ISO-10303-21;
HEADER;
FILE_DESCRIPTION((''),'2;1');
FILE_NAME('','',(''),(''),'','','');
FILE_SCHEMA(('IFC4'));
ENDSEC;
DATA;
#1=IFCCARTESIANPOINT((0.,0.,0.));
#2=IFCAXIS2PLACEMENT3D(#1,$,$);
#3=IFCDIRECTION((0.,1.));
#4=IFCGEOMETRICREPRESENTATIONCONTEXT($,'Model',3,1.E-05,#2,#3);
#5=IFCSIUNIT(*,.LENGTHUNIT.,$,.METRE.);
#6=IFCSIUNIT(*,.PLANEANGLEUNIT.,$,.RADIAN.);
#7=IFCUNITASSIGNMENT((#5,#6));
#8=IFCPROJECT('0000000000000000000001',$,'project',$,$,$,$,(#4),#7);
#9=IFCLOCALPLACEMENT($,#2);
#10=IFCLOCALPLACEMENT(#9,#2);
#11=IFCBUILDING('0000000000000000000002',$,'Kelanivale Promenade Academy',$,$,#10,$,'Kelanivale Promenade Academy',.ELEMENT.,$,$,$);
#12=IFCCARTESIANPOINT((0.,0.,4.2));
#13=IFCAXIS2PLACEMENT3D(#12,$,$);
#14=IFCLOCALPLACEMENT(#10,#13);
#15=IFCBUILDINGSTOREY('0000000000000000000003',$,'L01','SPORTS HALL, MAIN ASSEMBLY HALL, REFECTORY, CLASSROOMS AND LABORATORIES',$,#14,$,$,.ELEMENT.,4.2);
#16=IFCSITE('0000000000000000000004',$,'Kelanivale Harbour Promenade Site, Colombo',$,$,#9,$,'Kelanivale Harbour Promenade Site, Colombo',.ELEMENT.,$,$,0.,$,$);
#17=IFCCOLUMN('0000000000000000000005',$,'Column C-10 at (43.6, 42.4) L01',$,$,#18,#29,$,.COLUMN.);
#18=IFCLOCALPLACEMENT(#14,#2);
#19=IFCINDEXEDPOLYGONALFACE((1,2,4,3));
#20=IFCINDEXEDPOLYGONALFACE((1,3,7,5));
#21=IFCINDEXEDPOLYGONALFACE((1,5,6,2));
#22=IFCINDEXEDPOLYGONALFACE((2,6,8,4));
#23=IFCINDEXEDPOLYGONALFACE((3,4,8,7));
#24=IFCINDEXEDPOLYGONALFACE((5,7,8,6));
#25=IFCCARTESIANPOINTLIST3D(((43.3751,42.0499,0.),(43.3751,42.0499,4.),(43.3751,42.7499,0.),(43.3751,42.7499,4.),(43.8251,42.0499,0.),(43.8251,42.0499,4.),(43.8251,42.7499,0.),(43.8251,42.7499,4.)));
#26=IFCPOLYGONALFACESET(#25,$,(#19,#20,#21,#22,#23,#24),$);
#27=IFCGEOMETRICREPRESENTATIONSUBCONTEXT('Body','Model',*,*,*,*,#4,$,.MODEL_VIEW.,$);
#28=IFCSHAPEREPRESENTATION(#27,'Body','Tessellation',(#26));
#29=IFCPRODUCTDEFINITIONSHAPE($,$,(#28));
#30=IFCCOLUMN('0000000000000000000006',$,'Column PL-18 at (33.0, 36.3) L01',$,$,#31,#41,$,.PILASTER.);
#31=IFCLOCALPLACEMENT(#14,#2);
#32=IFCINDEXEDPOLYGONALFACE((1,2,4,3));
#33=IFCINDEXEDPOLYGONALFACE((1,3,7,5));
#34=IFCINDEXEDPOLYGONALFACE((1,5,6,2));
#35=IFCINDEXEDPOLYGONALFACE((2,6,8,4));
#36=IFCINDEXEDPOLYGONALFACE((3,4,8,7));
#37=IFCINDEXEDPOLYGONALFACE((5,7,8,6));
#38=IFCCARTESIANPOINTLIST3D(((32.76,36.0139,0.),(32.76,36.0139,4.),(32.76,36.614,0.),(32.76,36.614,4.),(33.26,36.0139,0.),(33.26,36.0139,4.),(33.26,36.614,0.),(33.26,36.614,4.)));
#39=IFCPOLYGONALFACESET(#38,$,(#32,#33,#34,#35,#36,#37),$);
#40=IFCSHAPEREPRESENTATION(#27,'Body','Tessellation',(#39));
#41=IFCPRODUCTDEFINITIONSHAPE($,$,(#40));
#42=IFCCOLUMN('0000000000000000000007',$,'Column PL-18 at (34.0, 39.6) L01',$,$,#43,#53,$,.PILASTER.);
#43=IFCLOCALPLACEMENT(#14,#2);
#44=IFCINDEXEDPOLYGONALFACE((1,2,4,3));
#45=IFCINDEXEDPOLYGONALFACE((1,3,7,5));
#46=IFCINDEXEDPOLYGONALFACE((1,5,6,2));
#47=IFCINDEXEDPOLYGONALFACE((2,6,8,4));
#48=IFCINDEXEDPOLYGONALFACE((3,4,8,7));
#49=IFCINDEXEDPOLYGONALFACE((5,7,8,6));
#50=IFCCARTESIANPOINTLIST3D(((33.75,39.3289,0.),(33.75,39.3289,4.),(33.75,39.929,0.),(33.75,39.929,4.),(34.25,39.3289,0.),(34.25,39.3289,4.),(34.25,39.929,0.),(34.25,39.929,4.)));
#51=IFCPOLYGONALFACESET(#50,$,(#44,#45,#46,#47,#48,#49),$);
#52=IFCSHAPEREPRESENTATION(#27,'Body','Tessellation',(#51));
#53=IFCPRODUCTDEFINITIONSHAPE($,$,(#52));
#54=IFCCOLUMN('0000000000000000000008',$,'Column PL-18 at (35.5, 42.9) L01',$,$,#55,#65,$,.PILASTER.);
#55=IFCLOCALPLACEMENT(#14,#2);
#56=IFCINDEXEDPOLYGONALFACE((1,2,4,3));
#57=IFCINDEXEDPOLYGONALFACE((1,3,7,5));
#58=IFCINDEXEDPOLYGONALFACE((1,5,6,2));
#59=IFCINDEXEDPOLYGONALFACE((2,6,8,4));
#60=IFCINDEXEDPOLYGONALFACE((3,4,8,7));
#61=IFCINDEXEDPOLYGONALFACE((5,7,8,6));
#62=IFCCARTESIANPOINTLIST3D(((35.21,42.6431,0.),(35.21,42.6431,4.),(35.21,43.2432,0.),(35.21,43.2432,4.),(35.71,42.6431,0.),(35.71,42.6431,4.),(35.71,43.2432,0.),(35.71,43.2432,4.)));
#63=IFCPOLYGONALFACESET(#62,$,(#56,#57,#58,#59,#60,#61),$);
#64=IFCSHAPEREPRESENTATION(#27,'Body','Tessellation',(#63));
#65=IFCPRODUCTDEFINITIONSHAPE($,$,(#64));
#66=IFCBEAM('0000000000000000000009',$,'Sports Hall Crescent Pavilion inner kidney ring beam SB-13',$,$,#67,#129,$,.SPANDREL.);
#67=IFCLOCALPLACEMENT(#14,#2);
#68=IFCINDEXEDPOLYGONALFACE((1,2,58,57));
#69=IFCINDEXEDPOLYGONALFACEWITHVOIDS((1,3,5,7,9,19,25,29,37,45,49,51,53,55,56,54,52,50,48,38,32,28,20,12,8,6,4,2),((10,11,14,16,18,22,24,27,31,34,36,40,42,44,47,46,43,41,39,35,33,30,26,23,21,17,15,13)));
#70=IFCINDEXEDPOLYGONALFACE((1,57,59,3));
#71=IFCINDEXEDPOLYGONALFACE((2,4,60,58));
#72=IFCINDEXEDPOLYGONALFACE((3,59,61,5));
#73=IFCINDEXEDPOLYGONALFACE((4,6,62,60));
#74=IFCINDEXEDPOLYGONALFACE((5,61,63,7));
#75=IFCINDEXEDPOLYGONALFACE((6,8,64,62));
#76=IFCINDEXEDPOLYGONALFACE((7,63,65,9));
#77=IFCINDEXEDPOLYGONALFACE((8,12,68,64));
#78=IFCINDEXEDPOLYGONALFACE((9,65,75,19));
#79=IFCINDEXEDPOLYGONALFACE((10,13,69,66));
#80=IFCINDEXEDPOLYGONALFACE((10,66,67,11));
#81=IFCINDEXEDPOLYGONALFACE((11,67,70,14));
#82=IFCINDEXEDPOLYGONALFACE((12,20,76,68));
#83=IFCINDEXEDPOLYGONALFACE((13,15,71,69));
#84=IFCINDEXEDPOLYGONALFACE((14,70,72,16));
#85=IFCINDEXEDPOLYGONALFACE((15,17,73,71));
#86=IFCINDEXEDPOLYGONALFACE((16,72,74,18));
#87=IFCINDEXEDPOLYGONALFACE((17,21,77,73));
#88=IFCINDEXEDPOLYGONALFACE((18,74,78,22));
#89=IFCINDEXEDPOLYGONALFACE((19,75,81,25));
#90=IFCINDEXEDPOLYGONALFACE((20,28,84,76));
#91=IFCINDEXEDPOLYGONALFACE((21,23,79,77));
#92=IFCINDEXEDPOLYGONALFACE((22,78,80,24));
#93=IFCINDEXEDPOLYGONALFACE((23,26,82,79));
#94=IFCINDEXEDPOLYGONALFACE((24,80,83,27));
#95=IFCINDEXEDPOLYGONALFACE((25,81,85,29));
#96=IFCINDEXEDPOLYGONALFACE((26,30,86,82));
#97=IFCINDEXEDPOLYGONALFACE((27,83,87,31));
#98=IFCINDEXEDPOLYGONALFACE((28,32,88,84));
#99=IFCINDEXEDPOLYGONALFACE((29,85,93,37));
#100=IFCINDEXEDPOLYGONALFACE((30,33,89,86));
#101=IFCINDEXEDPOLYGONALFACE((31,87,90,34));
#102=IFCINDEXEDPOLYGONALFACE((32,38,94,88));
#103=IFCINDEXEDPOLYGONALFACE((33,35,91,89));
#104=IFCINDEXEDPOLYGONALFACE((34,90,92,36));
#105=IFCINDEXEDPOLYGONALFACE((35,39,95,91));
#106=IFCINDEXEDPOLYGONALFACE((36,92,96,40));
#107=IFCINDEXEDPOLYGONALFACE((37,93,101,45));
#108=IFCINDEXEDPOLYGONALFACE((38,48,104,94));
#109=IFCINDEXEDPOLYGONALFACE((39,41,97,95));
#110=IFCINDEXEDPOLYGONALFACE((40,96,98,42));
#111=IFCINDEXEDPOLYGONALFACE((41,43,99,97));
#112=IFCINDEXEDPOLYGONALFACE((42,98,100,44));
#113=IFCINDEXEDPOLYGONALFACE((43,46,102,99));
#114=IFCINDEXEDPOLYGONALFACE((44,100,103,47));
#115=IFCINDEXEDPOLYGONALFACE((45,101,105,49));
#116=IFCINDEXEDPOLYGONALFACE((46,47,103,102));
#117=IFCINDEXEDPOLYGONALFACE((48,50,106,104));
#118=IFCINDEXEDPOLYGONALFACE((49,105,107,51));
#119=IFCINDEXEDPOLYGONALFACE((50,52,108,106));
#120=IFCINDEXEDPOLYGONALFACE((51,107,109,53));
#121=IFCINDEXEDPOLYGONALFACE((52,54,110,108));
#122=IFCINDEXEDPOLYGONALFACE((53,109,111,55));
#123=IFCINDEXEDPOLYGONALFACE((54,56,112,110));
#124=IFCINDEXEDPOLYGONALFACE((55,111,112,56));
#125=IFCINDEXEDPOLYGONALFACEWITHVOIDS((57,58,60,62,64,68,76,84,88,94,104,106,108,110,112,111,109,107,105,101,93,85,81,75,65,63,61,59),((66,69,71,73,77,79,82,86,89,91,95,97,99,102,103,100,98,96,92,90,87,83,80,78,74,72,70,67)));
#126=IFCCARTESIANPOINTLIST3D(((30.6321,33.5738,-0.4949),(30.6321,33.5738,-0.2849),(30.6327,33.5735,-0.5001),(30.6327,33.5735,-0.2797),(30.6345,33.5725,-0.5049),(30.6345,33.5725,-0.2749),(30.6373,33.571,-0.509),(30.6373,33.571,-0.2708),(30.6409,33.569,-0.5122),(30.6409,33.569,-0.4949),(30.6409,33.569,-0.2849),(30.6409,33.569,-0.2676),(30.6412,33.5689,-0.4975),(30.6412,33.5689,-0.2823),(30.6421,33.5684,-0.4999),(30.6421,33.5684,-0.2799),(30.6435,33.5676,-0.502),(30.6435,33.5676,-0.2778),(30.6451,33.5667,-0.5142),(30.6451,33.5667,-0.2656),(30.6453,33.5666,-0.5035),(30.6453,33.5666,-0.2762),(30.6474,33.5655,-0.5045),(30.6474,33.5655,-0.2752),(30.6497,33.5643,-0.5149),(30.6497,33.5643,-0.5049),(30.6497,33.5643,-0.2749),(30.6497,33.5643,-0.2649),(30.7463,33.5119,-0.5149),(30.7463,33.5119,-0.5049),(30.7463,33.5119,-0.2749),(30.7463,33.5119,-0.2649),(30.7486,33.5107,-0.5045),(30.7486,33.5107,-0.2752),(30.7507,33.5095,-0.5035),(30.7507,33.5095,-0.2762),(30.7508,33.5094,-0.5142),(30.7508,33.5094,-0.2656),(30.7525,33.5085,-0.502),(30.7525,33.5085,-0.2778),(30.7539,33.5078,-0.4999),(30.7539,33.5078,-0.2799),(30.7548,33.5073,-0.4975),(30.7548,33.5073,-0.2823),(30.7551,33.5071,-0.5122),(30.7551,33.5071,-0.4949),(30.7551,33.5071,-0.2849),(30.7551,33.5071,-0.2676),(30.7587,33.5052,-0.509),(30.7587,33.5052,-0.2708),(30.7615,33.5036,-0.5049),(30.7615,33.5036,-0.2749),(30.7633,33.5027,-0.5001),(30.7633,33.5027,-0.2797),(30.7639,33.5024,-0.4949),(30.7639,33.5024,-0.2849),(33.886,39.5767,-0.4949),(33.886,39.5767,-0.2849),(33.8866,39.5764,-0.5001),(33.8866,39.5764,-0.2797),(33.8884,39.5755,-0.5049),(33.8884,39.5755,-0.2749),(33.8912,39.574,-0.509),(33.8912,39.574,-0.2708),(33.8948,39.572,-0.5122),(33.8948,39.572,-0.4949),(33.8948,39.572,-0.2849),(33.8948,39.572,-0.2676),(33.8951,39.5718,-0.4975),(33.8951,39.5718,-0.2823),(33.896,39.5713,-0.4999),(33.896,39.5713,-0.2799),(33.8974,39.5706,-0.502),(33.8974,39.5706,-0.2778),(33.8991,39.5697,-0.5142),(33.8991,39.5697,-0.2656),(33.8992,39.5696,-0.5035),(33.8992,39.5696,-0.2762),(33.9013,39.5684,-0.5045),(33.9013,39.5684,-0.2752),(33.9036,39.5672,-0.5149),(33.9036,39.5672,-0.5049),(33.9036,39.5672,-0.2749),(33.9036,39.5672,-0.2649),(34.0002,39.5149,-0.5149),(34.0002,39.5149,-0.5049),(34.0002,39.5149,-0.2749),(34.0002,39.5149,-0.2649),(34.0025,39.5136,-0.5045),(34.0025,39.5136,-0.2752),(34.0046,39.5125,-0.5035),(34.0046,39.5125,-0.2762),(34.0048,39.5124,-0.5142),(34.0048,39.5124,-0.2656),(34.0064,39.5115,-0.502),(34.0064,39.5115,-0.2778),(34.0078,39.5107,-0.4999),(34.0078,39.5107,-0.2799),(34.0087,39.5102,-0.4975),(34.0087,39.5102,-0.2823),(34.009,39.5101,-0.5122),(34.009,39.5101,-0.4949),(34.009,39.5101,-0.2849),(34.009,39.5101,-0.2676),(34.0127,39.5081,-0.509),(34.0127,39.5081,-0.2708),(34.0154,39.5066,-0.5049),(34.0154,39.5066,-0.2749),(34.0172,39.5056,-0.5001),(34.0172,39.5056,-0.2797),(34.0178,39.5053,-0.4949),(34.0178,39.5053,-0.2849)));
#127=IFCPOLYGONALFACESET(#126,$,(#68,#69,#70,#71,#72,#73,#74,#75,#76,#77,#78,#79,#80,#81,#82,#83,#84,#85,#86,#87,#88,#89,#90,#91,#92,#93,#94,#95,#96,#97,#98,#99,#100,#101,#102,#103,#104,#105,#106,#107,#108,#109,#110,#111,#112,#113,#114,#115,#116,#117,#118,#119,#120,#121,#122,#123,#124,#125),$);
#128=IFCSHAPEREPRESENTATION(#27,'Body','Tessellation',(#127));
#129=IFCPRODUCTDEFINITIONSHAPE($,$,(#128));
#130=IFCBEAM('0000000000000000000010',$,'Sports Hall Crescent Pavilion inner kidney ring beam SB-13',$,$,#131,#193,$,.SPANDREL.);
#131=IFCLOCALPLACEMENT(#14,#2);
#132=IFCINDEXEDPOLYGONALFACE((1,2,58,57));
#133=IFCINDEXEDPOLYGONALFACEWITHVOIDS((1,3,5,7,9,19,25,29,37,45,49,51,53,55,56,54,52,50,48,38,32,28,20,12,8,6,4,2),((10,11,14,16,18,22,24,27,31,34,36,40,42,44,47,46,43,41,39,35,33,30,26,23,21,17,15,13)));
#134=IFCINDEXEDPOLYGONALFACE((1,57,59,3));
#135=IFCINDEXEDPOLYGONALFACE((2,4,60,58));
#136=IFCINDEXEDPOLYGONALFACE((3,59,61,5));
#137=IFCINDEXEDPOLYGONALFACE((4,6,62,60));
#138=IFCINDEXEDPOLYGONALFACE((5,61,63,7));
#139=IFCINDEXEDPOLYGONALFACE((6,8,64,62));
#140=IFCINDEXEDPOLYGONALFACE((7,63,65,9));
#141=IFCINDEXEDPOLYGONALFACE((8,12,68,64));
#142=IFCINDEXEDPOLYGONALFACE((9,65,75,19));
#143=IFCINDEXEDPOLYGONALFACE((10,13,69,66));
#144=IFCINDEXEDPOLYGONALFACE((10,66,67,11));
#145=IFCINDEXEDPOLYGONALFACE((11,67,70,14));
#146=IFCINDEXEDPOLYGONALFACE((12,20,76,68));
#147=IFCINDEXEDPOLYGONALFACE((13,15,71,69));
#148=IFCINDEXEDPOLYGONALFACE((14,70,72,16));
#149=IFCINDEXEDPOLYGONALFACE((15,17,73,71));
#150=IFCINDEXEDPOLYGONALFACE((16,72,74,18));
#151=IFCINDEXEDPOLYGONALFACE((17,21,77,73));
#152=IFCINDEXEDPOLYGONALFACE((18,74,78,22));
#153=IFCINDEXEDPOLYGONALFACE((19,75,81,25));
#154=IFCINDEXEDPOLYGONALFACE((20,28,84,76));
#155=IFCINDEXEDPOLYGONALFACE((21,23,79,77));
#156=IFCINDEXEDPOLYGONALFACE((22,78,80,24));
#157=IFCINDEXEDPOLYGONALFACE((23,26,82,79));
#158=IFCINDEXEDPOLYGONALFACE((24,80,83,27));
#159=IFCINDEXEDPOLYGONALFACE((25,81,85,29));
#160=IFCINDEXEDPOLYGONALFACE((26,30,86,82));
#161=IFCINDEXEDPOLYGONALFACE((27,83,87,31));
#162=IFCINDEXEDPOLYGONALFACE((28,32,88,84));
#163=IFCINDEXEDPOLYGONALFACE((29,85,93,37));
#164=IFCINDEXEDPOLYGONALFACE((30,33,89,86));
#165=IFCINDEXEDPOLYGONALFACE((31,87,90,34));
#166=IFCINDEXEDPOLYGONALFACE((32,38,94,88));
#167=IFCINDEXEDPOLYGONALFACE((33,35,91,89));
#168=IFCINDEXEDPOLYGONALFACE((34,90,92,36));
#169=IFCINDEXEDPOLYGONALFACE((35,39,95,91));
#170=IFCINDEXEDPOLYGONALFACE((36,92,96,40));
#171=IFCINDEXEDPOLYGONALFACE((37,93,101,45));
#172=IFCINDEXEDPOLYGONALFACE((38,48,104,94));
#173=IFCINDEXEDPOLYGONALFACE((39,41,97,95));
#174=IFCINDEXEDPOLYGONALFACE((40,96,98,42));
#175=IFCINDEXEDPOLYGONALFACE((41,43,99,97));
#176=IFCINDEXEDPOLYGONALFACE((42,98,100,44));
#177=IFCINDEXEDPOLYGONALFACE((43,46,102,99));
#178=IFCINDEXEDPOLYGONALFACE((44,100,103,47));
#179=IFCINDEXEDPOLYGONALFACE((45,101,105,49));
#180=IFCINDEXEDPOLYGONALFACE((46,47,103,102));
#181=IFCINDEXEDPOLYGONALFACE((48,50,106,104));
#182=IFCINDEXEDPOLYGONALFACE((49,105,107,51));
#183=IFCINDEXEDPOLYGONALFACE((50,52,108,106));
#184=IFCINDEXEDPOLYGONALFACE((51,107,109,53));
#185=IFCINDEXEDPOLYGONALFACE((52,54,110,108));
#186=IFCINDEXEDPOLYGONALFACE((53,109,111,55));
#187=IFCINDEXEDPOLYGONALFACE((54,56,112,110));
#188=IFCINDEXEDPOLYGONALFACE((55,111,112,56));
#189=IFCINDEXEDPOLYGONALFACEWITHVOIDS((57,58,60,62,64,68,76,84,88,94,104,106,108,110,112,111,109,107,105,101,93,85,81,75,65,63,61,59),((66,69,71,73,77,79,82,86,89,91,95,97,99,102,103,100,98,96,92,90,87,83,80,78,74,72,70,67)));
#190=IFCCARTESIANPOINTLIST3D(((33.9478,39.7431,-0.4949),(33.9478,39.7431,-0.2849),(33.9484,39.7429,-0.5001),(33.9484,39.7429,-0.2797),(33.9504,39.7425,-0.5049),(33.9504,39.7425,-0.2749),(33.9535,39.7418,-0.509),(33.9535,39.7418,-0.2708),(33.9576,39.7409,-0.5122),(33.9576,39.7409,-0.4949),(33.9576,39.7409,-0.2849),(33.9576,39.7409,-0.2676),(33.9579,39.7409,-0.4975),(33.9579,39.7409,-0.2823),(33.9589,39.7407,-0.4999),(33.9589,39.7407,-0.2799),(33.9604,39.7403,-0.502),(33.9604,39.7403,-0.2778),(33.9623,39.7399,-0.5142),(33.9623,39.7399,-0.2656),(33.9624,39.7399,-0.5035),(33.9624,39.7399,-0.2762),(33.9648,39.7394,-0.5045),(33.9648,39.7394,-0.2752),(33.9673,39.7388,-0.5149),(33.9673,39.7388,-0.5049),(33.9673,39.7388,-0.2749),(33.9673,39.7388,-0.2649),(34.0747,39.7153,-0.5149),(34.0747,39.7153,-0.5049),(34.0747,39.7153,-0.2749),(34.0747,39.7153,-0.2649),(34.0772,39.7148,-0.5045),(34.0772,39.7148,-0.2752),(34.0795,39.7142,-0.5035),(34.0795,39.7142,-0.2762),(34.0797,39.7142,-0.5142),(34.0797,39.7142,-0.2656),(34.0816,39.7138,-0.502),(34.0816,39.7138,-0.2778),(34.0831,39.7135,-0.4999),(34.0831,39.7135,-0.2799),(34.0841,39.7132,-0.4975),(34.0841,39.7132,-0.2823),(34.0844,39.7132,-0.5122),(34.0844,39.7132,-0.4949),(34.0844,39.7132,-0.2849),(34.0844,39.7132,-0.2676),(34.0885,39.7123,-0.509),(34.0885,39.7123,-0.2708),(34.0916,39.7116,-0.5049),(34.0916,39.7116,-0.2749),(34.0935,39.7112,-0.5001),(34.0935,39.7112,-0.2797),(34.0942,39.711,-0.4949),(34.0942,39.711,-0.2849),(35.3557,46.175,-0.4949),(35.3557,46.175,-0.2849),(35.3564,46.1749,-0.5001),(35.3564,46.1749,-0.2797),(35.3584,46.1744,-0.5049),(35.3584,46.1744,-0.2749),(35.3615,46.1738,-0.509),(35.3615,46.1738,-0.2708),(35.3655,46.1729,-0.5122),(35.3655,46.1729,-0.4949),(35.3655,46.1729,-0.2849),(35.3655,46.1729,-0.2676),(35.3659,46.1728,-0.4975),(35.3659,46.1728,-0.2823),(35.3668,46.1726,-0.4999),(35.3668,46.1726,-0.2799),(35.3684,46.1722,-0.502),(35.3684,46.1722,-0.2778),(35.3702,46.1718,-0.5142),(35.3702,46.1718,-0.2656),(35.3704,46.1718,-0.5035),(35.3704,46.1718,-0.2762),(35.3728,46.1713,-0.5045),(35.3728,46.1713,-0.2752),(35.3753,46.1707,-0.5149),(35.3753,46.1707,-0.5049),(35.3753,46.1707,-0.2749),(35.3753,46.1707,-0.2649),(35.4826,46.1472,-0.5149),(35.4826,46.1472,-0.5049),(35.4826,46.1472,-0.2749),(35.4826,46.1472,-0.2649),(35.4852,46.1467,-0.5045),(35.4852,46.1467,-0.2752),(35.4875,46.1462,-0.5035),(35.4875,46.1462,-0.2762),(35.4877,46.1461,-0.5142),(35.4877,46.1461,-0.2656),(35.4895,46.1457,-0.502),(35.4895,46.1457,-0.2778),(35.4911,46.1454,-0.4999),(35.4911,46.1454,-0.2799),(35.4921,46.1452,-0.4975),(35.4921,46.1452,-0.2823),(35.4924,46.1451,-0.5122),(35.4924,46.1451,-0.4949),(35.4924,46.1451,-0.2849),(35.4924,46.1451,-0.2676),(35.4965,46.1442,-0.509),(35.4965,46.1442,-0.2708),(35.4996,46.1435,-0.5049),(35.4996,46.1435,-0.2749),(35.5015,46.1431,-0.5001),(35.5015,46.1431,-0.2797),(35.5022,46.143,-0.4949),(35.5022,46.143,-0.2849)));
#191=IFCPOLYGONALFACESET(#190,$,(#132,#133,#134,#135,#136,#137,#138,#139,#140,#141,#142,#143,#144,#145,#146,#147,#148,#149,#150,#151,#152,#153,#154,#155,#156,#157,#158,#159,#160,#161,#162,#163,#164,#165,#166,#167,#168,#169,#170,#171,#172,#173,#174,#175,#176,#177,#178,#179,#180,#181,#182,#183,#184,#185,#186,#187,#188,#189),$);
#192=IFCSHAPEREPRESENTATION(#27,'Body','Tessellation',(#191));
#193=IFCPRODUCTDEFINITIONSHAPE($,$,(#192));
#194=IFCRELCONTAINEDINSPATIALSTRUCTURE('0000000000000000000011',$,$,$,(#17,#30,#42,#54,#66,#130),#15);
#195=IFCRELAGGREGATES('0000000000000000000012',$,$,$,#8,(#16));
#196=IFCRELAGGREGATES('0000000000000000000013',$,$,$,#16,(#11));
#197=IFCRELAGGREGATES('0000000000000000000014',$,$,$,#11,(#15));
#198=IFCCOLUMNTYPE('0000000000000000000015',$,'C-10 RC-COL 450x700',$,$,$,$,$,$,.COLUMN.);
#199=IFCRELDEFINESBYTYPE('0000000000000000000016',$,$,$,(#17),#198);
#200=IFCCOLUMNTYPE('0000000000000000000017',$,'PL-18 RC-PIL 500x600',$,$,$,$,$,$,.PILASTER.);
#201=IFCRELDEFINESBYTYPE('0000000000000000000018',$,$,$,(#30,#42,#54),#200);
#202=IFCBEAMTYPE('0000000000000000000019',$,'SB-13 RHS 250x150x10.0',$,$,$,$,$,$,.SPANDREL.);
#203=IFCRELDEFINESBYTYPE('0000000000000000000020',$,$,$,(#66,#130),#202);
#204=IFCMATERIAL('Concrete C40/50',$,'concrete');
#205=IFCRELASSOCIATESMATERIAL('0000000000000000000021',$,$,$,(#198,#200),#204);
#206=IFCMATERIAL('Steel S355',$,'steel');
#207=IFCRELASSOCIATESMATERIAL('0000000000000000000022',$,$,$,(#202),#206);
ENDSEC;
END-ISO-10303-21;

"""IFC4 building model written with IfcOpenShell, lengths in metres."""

from ifc_helpers import new_model, si_unit, direction, frame, origin, origin_2d, place, context, subcontext, project, spatial, rectangle, hollow_rectangle, extrude, material, material_profile, profile_set, type_object, element, save


model = new_model("IFC4")

# Units and contexts
model_context = context("Model", 3, precision=1e-05, world=origin(), true_north=direction((0.0, 1.0)))
body_context = subcontext(model_context, "Body", "Model", "MODEL_VIEW")
ifc_project = project(units=[si_unit("LENGTHUNIT", "METRE"), si_unit("PLANEANGLEUNIT", "RADIAN")], contexts=[model_context])

# Site, building, storey
site_placement = place(None, origin())
site = spatial("IfcSite", under=ifc_project, at=site_placement, Name="Kelanivale Harbour Promenade Site, Colombo", LongName="Kelanivale Harbour Promenade Site, Colombo", CompositionType="ELEMENT", RefElevation=0.0)
building_placement = place(site_placement, origin())
building = spatial("IfcBuilding", under=site, at=building_placement, Name="Kelanivale Promenade Academy", LongName="Kelanivale Promenade Academy", CompositionType="ELEMENT")
storey_placement = place(building_placement, frame((0.0, 0.0, 4.2)))
storey = spatial("IfcBuildingStorey", under=building, at=storey_placement, Name="L01", Description="SPORTS HALL, MAIN ASSEMBLY HALL, REFECTORY, CLASSROOMS AND LABORATORIES", CompositionType="ELEMENT", Elevation=4.2)

# Columns
ifc_material_1 = material(Name="Concrete C40/50", Category="concrete")
ifc_material_profile_1 = material_profile(ifc_material_1, rectangle(XDim=0.45, YDim=0.7, at=origin_2d()), Name="RC-COL 450x700")
ifc_profile_set_1 = profile_set([ifc_material_profile_1], Name="Concrete C40/50")
column_type_1 = type_object("IfcColumnType", Name="C-10 RC-COL 450x700", PredefinedType="COLUMN", material=ifc_profile_set_1)
column_placement = place(storey_placement, frame((43.6001, 42.3999, 0.0), z_axis=(0.0, 0.0, 1.0), x_axis=(1.0, 0.0, 0.0)))
element("IfcColumn", 1, at=column_placement, inside=storey, type_object=column_type_1, Name="Column C-10 at (43.6, 42.4) L01", PredefinedType="COLUMN", context=body_context, shape_type="SweptSolid", body=[
    extrude(rectangle(XDim=0.45, YDim=0.7, at=origin_2d()), origin(), (0.0, 0.0, 1.0), 4.0),
])
ifc_material_profile_2 = material_profile(ifc_material_1, rectangle(XDim=0.5, YDim=0.6001, at=origin_2d()), Name="RC-PIL 500x600")
ifc_profile_set_2 = profile_set([ifc_material_profile_2], Name="Concrete C40/50")
column_type_2 = type_object("IfcColumnType", Name="PL-18 RC-PIL 500x600", PredefinedType="PILASTER", material=ifc_profile_set_2)
for number, where, z_axis, x_axis, name in (
    (2, (33.01, 36.314, 0.0), (0.0, 0.0, 1.0), (1.0, 0.0, 0.0), "Column PL-18 at (33.0, 36.3) L01"),
    (3, (34.0, 39.6289, 0.0), (0.0, 0.0, 1.0), (1.0, 0.0, 0.0), "Column PL-18 at (34.0, 39.6) L01"),
    (4, (35.46, 42.9431, 0.0), (0.0, 0.0, 1.0), (1.0, 0.0, 0.0), "Column PL-18 at (35.5, 42.9) L01"),
):
    element("IfcColumn", number, at=place(storey_placement, frame(where, z_axis=z_axis, x_axis=x_axis)), inside=storey, type_object=column_type_2, Name=name, PredefinedType="PILASTER", context=body_context, shape_type="SweptSolid", body=[
        extrude(rectangle(XDim=0.5, YDim=0.6001, at=origin_2d()), origin(), (0.0, 0.0, 1.0), 4.0),
    ])

# Beams
ifc_material_2 = material(Name="Steel S355", Category="steel")
ifc_material_profile_3 = material_profile(ifc_material_2, hollow_rectangle(XDim=0.1499, YDim=0.25, WallThickness=0.01, InnerFilletRadius=0.01, OuterFilletRadius=0.02, at=origin_2d()), Name="RHS 250x150x10.0")
ifc_profile_set_3 = profile_set([ifc_material_profile_3], Name="Steel S355")
beam_type = type_object("IfcBeamType", Name="SB-13 RHS 250x150x10.0", PredefinedType="SPANDREL", material=ifc_profile_set_3)
beam_1_placement = place(storey_placement, frame((30.698, 33.5381, -0.3899), z_axis=(0.476546, 0.87915, 0.0), x_axis=(-0.87915, 0.476546, 0.0)))
element("IfcBeam", 5, at=beam_1_placement, inside=storey, type_object=beam_type, Name="Sports Hall Crescent Pavilion inner kidney ring beam SB-13", PredefinedType="SPANDREL", context=body_context, shape_type="SweptSolid", body=[
    extrude(hollow_rectangle(XDim=0.1499, YDim=0.25, WallThickness=0.01, InnerFilletRadius=0.01, OuterFilletRadius=0.02, at=origin_2d()), origin(), (0.0, 0.0, 1.0), 6.8281),
])
beam_2_placement = place(storey_placement, frame((34.021, 39.7271, -0.3899), z_axis=(0.21384, 0.976869, 0.0), x_axis=(-0.976869, 0.21384, 0.0)))
element("IfcBeam", 6, at=beam_2_placement, inside=storey, type_object=beam_type, Name="Sports Hall Crescent Pavilion inner kidney ring beam SB-13", PredefinedType="SPANDREL", context=body_context, shape_type="SweptSolid", body=[
    extrude(hollow_rectangle(XDim=0.1499, YDim=0.25, WallThickness=0.01, InnerFilletRadius=0.01, OuterFilletRadius=0.02, at=origin_2d()), origin(), (0.0, 0.0, 1.0), 6.5842),
])

save(model, "model.ifc")
